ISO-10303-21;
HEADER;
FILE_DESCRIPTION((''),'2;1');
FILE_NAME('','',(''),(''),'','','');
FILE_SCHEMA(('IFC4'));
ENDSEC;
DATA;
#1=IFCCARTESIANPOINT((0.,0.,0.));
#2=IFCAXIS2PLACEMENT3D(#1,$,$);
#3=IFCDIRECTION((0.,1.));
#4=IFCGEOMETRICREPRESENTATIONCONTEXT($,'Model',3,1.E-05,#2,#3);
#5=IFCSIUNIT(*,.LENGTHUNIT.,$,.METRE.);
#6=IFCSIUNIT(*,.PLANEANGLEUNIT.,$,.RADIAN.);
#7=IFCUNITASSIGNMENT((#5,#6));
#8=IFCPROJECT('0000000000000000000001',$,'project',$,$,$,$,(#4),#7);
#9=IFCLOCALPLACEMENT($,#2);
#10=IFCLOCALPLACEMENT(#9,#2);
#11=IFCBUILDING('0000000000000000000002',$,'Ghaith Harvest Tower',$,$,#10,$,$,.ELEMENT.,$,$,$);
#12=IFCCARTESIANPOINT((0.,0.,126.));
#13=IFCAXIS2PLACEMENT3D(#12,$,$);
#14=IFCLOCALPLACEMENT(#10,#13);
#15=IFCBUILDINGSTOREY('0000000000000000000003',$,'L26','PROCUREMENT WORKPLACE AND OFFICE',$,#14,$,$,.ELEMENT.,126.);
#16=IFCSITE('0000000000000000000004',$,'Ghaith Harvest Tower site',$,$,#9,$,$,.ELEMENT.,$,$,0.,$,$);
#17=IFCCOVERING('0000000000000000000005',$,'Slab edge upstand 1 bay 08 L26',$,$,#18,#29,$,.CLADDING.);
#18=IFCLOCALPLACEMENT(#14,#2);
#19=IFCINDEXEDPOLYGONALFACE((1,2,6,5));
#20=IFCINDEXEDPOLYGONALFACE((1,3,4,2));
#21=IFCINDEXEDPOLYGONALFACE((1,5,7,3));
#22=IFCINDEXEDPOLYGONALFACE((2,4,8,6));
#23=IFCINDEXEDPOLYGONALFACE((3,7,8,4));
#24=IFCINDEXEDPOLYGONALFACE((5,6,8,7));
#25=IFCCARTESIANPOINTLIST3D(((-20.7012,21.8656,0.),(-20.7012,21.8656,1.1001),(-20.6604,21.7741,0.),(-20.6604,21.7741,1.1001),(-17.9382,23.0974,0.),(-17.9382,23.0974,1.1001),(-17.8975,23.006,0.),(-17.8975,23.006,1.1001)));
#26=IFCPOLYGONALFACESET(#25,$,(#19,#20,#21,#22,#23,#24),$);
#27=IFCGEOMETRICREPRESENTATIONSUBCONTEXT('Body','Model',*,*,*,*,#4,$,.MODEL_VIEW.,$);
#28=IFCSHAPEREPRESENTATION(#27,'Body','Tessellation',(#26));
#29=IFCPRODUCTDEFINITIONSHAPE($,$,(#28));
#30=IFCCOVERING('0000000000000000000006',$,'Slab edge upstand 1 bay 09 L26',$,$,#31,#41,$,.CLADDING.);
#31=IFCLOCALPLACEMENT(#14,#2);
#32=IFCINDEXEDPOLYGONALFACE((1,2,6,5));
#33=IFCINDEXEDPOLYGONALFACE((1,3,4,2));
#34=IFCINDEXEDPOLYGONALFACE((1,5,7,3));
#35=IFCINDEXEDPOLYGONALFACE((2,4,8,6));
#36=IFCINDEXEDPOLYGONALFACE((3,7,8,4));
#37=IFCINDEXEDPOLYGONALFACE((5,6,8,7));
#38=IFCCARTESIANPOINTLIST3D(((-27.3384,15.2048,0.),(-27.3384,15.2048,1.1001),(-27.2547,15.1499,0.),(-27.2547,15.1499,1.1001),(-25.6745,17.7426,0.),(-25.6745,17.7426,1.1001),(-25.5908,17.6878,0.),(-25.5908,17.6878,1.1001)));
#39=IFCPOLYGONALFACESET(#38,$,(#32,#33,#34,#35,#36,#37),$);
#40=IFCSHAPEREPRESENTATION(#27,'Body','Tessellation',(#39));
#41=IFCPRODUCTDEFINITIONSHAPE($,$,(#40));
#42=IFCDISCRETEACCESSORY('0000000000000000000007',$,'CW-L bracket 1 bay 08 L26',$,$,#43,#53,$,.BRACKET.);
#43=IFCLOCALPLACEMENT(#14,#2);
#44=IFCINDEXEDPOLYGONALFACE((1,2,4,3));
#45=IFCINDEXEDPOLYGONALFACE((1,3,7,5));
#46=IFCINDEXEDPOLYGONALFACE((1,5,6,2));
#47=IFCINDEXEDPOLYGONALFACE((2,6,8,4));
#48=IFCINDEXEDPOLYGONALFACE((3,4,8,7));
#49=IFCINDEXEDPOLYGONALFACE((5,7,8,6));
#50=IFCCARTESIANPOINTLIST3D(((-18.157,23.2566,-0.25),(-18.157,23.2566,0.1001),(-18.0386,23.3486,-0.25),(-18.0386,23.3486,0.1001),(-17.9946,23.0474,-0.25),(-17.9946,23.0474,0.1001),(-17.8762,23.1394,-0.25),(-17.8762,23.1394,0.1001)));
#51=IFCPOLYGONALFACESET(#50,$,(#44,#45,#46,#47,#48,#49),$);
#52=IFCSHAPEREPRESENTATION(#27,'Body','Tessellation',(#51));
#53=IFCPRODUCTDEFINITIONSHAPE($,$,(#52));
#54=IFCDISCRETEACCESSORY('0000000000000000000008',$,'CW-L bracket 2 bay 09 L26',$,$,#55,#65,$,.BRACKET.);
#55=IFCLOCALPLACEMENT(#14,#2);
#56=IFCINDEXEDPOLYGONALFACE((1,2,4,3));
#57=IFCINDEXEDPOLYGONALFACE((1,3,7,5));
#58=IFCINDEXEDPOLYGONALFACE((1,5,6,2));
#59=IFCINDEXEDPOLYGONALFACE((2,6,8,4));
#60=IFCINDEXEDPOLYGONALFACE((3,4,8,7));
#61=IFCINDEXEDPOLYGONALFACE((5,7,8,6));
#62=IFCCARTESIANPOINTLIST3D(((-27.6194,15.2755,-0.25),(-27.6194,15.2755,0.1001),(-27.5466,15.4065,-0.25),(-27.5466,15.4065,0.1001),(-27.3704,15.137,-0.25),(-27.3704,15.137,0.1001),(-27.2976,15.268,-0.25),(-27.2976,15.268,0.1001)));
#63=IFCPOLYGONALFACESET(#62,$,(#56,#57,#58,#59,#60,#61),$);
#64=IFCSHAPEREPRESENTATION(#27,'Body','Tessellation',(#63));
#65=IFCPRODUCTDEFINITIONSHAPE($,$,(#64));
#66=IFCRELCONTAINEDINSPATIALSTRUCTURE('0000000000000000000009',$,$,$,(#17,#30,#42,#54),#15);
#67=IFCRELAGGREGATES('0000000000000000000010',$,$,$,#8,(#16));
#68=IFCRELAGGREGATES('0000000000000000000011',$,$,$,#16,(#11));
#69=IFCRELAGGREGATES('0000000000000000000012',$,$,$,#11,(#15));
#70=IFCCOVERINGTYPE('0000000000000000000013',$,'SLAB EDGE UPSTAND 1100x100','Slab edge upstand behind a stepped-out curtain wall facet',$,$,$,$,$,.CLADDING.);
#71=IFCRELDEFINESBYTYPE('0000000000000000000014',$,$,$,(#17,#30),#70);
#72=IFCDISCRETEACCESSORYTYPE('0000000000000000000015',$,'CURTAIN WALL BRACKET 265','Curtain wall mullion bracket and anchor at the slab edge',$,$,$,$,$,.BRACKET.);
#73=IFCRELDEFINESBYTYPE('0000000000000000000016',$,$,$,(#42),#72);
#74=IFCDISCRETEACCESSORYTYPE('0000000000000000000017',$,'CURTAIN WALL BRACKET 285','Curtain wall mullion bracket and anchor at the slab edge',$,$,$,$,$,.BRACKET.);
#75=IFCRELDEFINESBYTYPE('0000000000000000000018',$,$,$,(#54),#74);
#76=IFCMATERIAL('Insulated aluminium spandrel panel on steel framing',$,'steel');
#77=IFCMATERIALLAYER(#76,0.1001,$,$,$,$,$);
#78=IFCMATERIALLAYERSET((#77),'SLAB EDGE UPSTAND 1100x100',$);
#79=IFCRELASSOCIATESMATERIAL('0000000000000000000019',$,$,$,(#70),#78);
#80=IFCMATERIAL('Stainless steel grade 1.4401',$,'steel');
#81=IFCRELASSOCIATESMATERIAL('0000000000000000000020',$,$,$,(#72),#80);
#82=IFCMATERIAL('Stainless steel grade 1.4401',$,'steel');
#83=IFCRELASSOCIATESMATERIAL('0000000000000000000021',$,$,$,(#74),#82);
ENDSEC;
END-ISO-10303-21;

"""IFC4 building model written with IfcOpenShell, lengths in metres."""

from ifc_helpers import new_model, si_unit, direction, frame, origin, origin_2d, place, context, subcontext, project, spatial, rectangle, extrude, material, layer, layer_set, type_object, element, save


model = new_model("IFC4")

# Units and contexts
model_context = context("Model", 3, precision=1e-05, world=origin(), true_north=direction((0.0, 1.0)))
body_context = subcontext(model_context, "Body", "Model", "MODEL_VIEW")
ifc_project = project(units=[si_unit("LENGTHUNIT", "METRE"), si_unit("PLANEANGLEUNIT", "RADIAN")], contexts=[model_context])

# Site, building, storey
site_placement = place(None, origin())
site = spatial("IfcSite", under=ifc_project, at=site_placement, Name="Ghaith Harvest Tower site", CompositionType="ELEMENT", RefElevation=0.0)
building_placement = place(site_placement, origin())
building = spatial("IfcBuilding", under=site, at=building_placement, Name="Ghaith Harvest Tower", CompositionType="ELEMENT")
storey_placement = place(building_placement, frame((0.0, 0.0, 126.0)))
storey = spatial("IfcBuildingStorey", under=building, at=storey_placement, Name="L26", Description="PROCUREMENT WORKPLACE AND OFFICE", CompositionType="ELEMENT", Elevation=126.0)

# Coverings
ifc_material_1 = material(Name="Insulated aluminium spandrel panel on steel framing", Category="steel")
ifc_layer_1 = layer(ifc_material_1, 0.1001)
ifc_layer_set_1 = layer_set([ifc_layer_1], Name="SLAB EDGE UPSTAND 1100x100")
covering_type = type_object("IfcCoveringType", Name="SLAB EDGE UPSTAND 1100x100", Description="Slab edge upstand behind a stepped-out curtain wall facet", PredefinedType="CLADDING", material=ifc_layer_set_1)
covering_1_placement = place(storey_placement, frame((-19.2993, 22.4358, 0.0), z_axis=(0.0, 0.0, 1.0), x_axis=(-0.913335, -0.40721, 0.0)))
element("IfcCovering", 1, at=covering_1_placement, inside=storey, type_object=covering_type, Name="Slab edge upstand 1 bay 08 L26", PredefinedType="CLADDING", context=body_context, shape_type="SweptSolid", body=[
    extrude(rectangle(XDim=3.0251, YDim=0.1001, at=origin_2d()), origin(), (0.0, 0.0, 1.0), 1.1001),
])
covering_2_placement = place(storey_placement, frame((-26.4646, 16.4463, 0.0), z_axis=(0.0, 0.0, 1.0), x_axis=(-0.548312, -0.836274, 0.0)))
element("IfcCovering", 2, at=covering_2_placement, inside=storey, type_object=covering_type, Name="Slab edge upstand 1 bay 09 L26", PredefinedType="CLADDING", context=body_context, shape_type="SweptSolid", body=[
    extrude(rectangle(XDim=3.0347, YDim=0.1001, at=origin_2d()), origin(), (0.0, 0.0, 1.0), 1.1001),
])

# Discrete accessories
ifc_material_2 = material(Name="Stainless steel grade 1.4401", Category="steel")
discrete_accessory_type_1 = type_object("IfcDiscreteAccessoryType", Name="CURTAIN WALL BRACKET 265", Description="Curtain wall mullion bracket and anchor at the slab edge", PredefinedType="BRACKET", material=ifc_material_2)
discrete_accessory_1_placement = place(storey_placement, frame((-18.0166, 23.198, -0.25), z_axis=(0.0, 0.0, 1.0), x_axis=(-0.613378, 0.78979, 0.0)))
element("IfcDiscreteAccessory", 3, at=discrete_accessory_1_placement, inside=storey, type_object=discrete_accessory_type_1, Name="CW-L bracket 1 bay 08 L26", PredefinedType="BRACKET", context=body_context, shape_type="SweptSolid", body=[
    extrude(rectangle(XDim=0.2649, YDim=0.1499, at=origin_2d()), origin(), (0.0, 0.0, 1.0), 0.3501),
])
ifc_material_3 = material(Name="Stainless steel grade 1.4401", Category="steel")
discrete_accessory_type_2 = type_object("IfcDiscreteAccessoryType", Name="CURTAIN WALL BRACKET 285", Description="Curtain wall mullion bracket and anchor at the slab edge", PredefinedType="BRACKET", material=ifc_material_3)
discrete_accessory_2_placement = place(storey_placement, frame((-27.4585, 15.2717, -0.25), z_axis=(0.0, 0.0, 1.0), x_axis=(-0.873927, 0.486057, 0.0)))
element("IfcDiscreteAccessory", 4, at=discrete_accessory_2_placement, inside=storey, type_object=discrete_accessory_type_2, Name="CW-L bracket 2 bay 09 L26", PredefinedType="BRACKET", context=body_context, shape_type="SweptSolid", body=[
    extrude(rectangle(XDim=0.2849, YDim=0.1499, at=origin_2d()), origin(), (0.0, 0.0, 1.0), 0.3501),
])

save(model, "model.ifc")
